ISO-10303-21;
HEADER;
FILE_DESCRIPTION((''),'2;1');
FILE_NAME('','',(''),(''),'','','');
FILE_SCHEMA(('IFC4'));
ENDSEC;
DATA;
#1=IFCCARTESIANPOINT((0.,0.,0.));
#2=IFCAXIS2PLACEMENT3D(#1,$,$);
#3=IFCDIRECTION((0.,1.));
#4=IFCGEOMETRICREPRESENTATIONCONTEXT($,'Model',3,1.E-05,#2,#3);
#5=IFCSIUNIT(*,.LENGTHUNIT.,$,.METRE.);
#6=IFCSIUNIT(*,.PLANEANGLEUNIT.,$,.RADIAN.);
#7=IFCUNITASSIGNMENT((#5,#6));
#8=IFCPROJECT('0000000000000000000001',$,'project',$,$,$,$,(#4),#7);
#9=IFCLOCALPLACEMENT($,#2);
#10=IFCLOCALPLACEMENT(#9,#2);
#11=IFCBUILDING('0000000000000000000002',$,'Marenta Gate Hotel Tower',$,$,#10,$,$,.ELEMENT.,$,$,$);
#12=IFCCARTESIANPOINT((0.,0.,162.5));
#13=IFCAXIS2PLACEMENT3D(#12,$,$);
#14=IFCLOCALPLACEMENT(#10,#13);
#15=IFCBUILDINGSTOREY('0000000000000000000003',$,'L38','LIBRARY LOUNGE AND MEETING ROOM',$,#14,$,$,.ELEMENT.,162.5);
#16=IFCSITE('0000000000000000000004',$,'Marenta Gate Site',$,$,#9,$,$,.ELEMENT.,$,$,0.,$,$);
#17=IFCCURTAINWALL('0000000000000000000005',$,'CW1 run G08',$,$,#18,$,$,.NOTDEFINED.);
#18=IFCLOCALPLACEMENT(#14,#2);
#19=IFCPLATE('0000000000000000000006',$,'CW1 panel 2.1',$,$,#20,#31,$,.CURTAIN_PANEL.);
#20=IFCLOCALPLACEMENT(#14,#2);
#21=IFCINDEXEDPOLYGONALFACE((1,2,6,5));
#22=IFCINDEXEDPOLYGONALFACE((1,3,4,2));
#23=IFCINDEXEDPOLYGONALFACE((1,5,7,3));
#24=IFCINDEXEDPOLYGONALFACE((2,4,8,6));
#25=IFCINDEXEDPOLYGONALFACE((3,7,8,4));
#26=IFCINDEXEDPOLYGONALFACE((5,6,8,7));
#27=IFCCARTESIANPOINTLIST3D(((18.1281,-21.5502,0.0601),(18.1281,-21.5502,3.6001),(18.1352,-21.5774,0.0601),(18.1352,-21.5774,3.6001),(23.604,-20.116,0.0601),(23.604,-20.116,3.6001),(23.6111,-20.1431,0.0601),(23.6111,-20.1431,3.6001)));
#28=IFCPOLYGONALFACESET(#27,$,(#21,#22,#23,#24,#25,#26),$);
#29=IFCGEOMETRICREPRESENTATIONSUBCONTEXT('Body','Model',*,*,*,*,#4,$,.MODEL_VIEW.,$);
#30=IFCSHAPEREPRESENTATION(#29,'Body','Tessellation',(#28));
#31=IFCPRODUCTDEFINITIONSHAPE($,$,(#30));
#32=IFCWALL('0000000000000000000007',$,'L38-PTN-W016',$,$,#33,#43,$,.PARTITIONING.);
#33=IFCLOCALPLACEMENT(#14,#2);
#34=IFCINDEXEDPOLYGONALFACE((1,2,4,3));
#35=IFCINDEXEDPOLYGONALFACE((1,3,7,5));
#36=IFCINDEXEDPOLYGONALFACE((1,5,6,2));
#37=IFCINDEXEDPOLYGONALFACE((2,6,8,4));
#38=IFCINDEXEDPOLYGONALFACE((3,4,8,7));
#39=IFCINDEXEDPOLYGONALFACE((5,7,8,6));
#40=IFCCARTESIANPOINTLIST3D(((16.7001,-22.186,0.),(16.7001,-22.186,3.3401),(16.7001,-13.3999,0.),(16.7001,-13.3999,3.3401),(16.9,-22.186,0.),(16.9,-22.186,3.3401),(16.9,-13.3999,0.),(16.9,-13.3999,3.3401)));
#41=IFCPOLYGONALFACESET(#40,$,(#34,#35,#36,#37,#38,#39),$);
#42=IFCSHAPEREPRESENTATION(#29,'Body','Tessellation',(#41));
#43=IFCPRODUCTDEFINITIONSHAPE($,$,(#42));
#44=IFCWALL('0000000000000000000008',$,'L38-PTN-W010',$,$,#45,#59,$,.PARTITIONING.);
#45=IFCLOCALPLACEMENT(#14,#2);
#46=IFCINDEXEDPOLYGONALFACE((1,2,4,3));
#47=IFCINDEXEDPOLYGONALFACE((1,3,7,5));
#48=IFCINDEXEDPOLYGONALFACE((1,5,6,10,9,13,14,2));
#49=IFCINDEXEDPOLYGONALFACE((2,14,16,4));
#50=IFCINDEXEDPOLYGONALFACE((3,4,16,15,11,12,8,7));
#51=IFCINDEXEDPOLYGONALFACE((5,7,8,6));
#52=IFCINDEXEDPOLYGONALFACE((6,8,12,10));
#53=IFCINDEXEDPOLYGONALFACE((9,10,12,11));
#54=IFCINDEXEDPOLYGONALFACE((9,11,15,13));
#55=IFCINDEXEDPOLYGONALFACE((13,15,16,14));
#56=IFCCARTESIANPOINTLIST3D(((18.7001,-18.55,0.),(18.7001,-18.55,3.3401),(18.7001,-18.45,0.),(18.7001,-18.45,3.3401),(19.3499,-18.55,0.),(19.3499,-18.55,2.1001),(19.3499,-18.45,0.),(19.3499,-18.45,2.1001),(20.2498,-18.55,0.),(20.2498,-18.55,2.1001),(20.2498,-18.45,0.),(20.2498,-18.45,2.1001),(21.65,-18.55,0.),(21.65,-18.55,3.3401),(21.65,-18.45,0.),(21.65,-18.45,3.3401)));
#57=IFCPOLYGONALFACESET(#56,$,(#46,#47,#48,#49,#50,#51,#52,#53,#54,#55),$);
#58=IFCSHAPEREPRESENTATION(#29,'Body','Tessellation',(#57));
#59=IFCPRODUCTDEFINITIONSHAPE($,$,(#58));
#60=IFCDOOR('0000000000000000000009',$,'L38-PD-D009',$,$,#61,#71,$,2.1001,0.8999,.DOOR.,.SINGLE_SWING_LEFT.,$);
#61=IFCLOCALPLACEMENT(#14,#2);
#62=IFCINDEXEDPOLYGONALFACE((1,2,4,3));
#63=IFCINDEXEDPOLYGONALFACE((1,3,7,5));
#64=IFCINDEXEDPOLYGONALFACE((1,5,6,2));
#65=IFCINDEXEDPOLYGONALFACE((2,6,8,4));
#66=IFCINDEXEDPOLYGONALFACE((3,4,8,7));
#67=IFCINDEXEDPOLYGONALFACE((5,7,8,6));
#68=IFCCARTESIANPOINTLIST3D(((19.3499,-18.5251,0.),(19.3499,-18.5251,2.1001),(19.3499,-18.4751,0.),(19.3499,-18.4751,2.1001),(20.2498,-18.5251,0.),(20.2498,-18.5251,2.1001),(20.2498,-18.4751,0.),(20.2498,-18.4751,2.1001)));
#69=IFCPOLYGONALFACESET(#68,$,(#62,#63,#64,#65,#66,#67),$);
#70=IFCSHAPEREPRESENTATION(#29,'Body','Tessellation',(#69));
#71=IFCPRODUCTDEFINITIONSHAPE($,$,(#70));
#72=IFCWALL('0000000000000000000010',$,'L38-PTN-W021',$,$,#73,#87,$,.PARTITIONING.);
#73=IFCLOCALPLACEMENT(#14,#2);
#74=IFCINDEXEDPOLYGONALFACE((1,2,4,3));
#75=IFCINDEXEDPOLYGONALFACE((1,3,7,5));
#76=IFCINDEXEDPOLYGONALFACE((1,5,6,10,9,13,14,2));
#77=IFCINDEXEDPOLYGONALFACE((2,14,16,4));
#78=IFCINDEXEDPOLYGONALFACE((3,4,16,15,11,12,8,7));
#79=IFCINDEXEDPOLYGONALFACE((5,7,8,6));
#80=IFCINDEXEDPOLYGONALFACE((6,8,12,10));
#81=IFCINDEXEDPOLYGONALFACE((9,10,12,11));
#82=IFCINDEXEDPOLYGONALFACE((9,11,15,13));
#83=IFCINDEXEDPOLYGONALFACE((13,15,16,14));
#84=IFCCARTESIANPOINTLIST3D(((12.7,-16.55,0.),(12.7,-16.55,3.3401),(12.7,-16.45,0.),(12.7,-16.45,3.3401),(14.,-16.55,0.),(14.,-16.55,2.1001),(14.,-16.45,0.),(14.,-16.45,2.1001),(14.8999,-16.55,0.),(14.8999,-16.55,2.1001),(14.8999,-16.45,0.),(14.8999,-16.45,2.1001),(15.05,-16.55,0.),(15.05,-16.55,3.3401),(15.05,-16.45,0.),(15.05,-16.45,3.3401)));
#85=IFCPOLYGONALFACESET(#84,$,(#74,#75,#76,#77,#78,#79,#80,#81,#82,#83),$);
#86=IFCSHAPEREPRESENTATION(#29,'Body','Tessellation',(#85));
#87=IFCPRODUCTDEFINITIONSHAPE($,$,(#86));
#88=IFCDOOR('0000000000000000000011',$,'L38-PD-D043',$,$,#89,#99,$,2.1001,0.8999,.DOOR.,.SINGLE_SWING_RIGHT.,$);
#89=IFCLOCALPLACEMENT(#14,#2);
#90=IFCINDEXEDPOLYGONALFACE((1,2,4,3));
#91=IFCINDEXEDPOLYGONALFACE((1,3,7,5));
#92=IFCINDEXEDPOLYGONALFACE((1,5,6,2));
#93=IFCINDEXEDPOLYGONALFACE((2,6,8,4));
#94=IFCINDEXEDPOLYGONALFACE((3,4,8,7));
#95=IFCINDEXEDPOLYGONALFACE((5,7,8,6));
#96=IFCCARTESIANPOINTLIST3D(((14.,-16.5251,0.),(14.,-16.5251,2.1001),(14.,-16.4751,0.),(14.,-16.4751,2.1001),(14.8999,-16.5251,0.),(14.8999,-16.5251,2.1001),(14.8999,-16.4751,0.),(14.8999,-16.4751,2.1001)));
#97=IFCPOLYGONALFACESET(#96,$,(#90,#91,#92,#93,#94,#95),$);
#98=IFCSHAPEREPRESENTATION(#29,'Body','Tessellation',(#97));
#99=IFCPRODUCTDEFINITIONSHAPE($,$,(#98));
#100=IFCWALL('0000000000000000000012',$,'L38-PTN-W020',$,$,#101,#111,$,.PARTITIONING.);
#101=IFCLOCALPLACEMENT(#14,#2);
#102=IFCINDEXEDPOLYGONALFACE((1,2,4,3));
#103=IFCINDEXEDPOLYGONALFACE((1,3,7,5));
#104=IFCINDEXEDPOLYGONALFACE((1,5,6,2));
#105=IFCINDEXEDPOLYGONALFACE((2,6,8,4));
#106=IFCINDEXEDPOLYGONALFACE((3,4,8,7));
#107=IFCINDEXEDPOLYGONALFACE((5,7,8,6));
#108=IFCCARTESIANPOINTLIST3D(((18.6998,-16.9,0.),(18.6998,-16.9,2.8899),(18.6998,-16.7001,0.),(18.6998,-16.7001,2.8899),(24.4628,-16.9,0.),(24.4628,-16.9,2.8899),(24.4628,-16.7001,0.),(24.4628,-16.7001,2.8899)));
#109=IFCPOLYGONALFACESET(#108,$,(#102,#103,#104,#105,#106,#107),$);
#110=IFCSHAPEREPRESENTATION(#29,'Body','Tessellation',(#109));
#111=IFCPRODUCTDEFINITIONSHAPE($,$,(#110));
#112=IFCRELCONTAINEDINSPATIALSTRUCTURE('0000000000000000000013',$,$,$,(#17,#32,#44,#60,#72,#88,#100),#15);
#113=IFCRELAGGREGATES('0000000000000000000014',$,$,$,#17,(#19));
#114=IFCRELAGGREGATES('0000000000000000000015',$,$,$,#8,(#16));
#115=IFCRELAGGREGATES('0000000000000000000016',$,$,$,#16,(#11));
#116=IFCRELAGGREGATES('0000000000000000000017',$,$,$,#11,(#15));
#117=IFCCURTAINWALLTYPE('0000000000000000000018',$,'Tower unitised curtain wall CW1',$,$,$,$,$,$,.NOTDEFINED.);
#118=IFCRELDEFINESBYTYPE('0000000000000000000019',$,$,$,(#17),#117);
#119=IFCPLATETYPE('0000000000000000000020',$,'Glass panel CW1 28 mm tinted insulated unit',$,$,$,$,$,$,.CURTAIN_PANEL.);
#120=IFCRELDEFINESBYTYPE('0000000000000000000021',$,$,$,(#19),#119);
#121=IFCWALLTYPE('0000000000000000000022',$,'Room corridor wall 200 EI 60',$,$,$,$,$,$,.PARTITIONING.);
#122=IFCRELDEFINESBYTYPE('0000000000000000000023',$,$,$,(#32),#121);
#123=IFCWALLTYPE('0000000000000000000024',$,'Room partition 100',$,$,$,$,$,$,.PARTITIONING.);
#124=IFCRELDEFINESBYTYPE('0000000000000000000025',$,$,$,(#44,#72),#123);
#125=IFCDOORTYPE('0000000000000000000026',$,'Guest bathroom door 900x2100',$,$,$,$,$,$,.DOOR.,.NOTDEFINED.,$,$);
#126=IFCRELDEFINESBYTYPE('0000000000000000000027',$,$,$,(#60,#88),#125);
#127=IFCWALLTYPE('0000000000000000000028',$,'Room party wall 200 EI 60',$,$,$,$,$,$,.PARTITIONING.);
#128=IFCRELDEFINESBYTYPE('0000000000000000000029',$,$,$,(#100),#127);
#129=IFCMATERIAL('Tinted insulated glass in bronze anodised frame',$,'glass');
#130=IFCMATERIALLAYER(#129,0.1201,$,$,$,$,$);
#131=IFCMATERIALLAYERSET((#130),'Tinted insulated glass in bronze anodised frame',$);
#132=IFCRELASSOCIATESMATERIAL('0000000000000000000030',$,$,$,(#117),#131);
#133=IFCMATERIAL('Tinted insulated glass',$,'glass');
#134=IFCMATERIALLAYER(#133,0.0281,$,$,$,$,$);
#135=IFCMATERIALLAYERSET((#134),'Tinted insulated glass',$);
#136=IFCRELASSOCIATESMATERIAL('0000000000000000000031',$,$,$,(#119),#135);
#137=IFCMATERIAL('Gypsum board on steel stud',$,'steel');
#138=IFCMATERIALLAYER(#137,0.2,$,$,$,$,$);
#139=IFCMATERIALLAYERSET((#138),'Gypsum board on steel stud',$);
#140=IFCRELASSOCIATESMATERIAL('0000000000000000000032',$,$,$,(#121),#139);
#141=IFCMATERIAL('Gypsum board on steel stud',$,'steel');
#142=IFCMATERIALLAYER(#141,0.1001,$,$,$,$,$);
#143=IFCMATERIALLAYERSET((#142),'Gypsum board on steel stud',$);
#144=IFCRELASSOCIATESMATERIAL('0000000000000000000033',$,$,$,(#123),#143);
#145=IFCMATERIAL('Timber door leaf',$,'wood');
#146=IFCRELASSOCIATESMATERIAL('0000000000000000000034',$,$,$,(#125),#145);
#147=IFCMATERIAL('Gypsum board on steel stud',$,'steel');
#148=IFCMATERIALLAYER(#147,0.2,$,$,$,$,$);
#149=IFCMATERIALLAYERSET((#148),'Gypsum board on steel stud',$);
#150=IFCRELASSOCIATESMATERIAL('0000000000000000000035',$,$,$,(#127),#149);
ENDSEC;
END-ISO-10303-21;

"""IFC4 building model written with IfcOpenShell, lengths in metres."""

from ifc_helpers import new_model, si_unit, direction, frame, frame_2d, origin, origin_2d, place, context, subcontext, project, spatial, rectangle, extrude, material, layer, layer_set, type_object, element, fill, aggregate, save


model = new_model("IFC4")

# Units and contexts
model_context = context("Model", 3, precision=1e-05, world=origin(), true_north=direction((0.0, 1.0)))
body_context = subcontext(model_context, "Body", "Model", "MODEL_VIEW")
ifc_project = project(units=[si_unit("LENGTHUNIT", "METRE"), si_unit("PLANEANGLEUNIT", "RADIAN")], contexts=[model_context])

# Site, building, storey
site_placement = place(None, origin())
site = spatial("IfcSite", under=ifc_project, at=site_placement, Name="Marenta Gate Site", CompositionType="ELEMENT", RefElevation=0.0)
building_placement = place(site_placement, origin())
building = spatial("IfcBuilding", under=site, at=building_placement, Name="Marenta Gate Hotel Tower", CompositionType="ELEMENT")
storey_placement = place(building_placement, frame((0.0, 0.0, 162.5)))
storey = spatial("IfcBuildingStorey", under=building, at=storey_placement, Name="L38", Description="LIBRARY LOUNGE AND MEETING ROOM", CompositionType="ELEMENT", Elevation=162.5)

# Curtain wall, plate
ifc_material_1 = material(Name="Tinted insulated glass in bronze anodised frame", Category="glass")
ifc_layer_1 = layer(ifc_material_1, 0.1201)
ifc_layer_set_1 = layer_set([ifc_layer_1], Name="Tinted insulated glass in bronze anodised frame")
curtain_wall_type = type_object("IfcCurtainWallType", Name="Tower unitised curtain wall CW1", PredefinedType="NOTDEFINED", material=ifc_layer_set_1)
curtain_wall_placement = place(storey_placement, origin())
curtain_wall = element("IfcCurtainWall", 1, at=curtain_wall_placement, inside=storey, type_object=curtain_wall_type, Name="CW1 run G08", PredefinedType="NOTDEFINED")
ifc_material_2 = material(Name="Tinted insulated glass", Category="glass")
ifc_layer_2 = layer(ifc_material_2, 0.0281)
ifc_layer_set_2 = layer_set([ifc_layer_2], Name="Tinted insulated glass")
plate_type = type_object("IfcPlateType", Name="Glass panel CW1 28 mm tinted insulated unit", PredefinedType="CURTAIN_PANEL", material=ifc_layer_set_2)
plate_1_placement = place(storey_placement, frame((20.8696, -20.8467, 0.0601), z_axis=(0.0, 0.0, 1.0), x_axis=(0.967368, 0.253374, 0.0)))
plate_1 = element("IfcPlate", 2, at=plate_1_placement, type_object=plate_type, Name="CW1 panel 2.1", PredefinedType="CURTAIN_PANEL", context=body_context, shape_type="SweptSolid", body=[
    extrude(rectangle(XDim=5.6606, YDim=0.0281, at=origin_2d()), origin(), (0.0, 0.0, 1.0), 3.54),
])
aggregate(curtain_wall, [plate_1])

# Shared definitions
ifc_material_3 = material(Name="Gypsum board on steel stud", Category="steel")
ifc_layer_3 = layer(ifc_material_3, 0.2)
ifc_layer_set_3 = layer_set([ifc_layer_3], Name="Gypsum board on steel stud")
wall_type_1 = type_object("IfcWallType", Name="Room corridor wall 200 EI 60", PredefinedType="PARTITIONING", material=ifc_layer_set_3)

# Wall
wall_1_placement = place(storey_placement, frame((16.8, -22.186, 0.0), z_axis=(0.0, 0.0, 1.0), x_axis=(0.0, 1.0, 0.0)))
element("IfcWall", 3, at=wall_1_placement, inside=storey, type_object=wall_type_1, Name="L38-PTN-W016", PredefinedType="PARTITIONING", context=body_context, shape_type="SweptSolid", body=[
    extrude(rectangle(XDim=8.7861, YDim=0.2, at=frame_2d((4.3931, 0.0))), origin(), (0.0, 0.0, 1.0), 3.3401),
])

# Walls, openings, doors
ifc_material_4 = material(Name="Gypsum board on steel stud", Category="steel")
ifc_layer_4 = layer(ifc_material_4, 0.1001)
ifc_layer_set_4 = layer_set([ifc_layer_4], Name="Gypsum board on steel stud")
wall_type_2 = type_object("IfcWallType", Name="Room partition 100", PredefinedType="PARTITIONING", material=ifc_layer_set_4)
wall_2_placement = place(storey_placement, frame((18.7, -18.5, 0.0), z_axis=(0.0, 0.0, 1.0), x_axis=(1.0, 0.0, 0.0)))
wall_2 = element("IfcWall", 4, at=wall_2_placement, inside=storey, type_object=wall_type_2, Name="L38-PTN-W010", PredefinedType="PARTITIONING", context=body_context, shape_type="SweptSolid", body=[
    extrude(rectangle(XDim=2.95, YDim=0.1001, at=frame_2d((1.4751, 0.0))), origin(), (0.0, 0.0, 1.0), 3.3401),
])
opening_1_placement = place(wall_2_placement, frame((0.6499, 0.0, 0.0)))
opening_1 = element("IfcOpeningElement", 5, at=opening_1_placement, cuts=wall_2, PredefinedType="OPENING", context=body_context, shape_type="SweptSolid", body=[
    extrude(rectangle(XDim=0.8999, YDim=2.1001, at=frame_2d((0.45, 1.05))), frame((0.0, 0.05, 0.0), z_axis=(0.0, -1.0, 0.0), x_axis=(1.0, 0.0, 0.0)), (0.0, 0.0, 1.0), 0.1001),
])
ifc_material_5 = material(Name="Timber door leaf", Category="wood")
door_type_1 = type_object("IfcDoorType", Name="Guest bathroom door 900x2100", OperationType="NOTDEFINED", PredefinedType="DOOR", material=ifc_material_5)
door_1_placement = place(opening_1_placement, origin())
door_1 = element("IfcDoor", 6, at=door_1_placement, inside=storey, type_object=door_type_1, Name="L38-PD-D009", OperationType="SINGLE_SWING_LEFT", OverallHeight=2.1001, OverallWidth=0.8999, PredefinedType="DOOR", context=body_context, shape_type="SweptSolid", body=[
    extrude(rectangle(XDim=0.8999, YDim=2.1001, at=frame_2d((0.45, 1.05))), frame((0.0, 0.0249, 0.0), z_axis=(0.0, -1.0, 0.0), x_axis=(1.0, 0.0, 0.0)), (0.0, 0.0, 1.0), 0.05),
])
fill(opening_1, door_1)
wall_3_placement = place(storey_placement, frame((12.7, -16.5, 0.0), z_axis=(0.0, 0.0, 1.0), x_axis=(1.0, 0.0, 0.0)))
wall_3 = element("IfcWall", 7, at=wall_3_placement, inside=storey, type_object=wall_type_2, Name="L38-PTN-W021", PredefinedType="PARTITIONING", context=body_context, shape_type="SweptSolid", body=[
    extrude(rectangle(XDim=2.3501, YDim=0.1001, at=frame_2d((1.175, 0.0))), origin(), (0.0, 0.0, 1.0), 3.3401),
])
opening_2_placement = place(wall_3_placement, frame((1.3, 0.0, 0.0)))
opening_2 = element("IfcOpeningElement", 8, at=opening_2_placement, cuts=wall_3, PredefinedType="OPENING", context=body_context, shape_type="SweptSolid", body=[
    extrude(rectangle(XDim=0.8999, YDim=2.1001, at=frame_2d((0.45, 1.05))), frame((0.0, 0.05, 0.0), z_axis=(0.0, -1.0, 0.0), x_axis=(1.0, 0.0, 0.0)), (0.0, 0.0, 1.0), 0.1001),
])
door_2_placement = place(opening_2_placement, origin())
door_2 = element("IfcDoor", 9, at=door_2_placement, inside=storey, type_object=door_type_1, Name="L38-PD-D043", OperationType="SINGLE_SWING_RIGHT", OverallHeight=2.1001, OverallWidth=0.8999, PredefinedType="DOOR", context=body_context, shape_type="SweptSolid", body=[
    extrude(rectangle(XDim=0.8999, YDim=2.1001, at=frame_2d((0.45, 1.05))), frame((0.0, 0.0249, 0.0), z_axis=(0.0, -1.0, 0.0), x_axis=(1.0, 0.0, 0.0)), (0.0, 0.0, 1.0), 0.05),
])
fill(opening_2, door_2)

# Wall
ifc_material_6 = material(Name="Gypsum board on steel stud", Category="steel")
ifc_layer_5 = layer(ifc_material_6, 0.2)
ifc_layer_set_5 = layer_set([ifc_layer_5], Name="Gypsum board on steel stud")
wall_type_3 = type_object("IfcWallType", Name="Room party wall 200 EI 60", PredefinedType="PARTITIONING", material=ifc_layer_set_5)
wall_4_placement = place(storey_placement, frame((18.7, -16.8, 0.0), z_axis=(0.0, 0.0, 1.0), x_axis=(1.0, 0.0, 0.0)))
element("IfcWall", 10, at=wall_4_placement, inside=storey, type_object=wall_type_3, Name="L38-PTN-W020", PredefinedType="PARTITIONING", context=body_context, shape_type="SweptSolid", body=[
    extrude(rectangle(XDim=5.7629, YDim=0.2, at=frame_2d((2.8813, 0.0))), origin(), (0.0, 0.0, 1.0), 2.8899),
])

save(model, "model.ifc")
